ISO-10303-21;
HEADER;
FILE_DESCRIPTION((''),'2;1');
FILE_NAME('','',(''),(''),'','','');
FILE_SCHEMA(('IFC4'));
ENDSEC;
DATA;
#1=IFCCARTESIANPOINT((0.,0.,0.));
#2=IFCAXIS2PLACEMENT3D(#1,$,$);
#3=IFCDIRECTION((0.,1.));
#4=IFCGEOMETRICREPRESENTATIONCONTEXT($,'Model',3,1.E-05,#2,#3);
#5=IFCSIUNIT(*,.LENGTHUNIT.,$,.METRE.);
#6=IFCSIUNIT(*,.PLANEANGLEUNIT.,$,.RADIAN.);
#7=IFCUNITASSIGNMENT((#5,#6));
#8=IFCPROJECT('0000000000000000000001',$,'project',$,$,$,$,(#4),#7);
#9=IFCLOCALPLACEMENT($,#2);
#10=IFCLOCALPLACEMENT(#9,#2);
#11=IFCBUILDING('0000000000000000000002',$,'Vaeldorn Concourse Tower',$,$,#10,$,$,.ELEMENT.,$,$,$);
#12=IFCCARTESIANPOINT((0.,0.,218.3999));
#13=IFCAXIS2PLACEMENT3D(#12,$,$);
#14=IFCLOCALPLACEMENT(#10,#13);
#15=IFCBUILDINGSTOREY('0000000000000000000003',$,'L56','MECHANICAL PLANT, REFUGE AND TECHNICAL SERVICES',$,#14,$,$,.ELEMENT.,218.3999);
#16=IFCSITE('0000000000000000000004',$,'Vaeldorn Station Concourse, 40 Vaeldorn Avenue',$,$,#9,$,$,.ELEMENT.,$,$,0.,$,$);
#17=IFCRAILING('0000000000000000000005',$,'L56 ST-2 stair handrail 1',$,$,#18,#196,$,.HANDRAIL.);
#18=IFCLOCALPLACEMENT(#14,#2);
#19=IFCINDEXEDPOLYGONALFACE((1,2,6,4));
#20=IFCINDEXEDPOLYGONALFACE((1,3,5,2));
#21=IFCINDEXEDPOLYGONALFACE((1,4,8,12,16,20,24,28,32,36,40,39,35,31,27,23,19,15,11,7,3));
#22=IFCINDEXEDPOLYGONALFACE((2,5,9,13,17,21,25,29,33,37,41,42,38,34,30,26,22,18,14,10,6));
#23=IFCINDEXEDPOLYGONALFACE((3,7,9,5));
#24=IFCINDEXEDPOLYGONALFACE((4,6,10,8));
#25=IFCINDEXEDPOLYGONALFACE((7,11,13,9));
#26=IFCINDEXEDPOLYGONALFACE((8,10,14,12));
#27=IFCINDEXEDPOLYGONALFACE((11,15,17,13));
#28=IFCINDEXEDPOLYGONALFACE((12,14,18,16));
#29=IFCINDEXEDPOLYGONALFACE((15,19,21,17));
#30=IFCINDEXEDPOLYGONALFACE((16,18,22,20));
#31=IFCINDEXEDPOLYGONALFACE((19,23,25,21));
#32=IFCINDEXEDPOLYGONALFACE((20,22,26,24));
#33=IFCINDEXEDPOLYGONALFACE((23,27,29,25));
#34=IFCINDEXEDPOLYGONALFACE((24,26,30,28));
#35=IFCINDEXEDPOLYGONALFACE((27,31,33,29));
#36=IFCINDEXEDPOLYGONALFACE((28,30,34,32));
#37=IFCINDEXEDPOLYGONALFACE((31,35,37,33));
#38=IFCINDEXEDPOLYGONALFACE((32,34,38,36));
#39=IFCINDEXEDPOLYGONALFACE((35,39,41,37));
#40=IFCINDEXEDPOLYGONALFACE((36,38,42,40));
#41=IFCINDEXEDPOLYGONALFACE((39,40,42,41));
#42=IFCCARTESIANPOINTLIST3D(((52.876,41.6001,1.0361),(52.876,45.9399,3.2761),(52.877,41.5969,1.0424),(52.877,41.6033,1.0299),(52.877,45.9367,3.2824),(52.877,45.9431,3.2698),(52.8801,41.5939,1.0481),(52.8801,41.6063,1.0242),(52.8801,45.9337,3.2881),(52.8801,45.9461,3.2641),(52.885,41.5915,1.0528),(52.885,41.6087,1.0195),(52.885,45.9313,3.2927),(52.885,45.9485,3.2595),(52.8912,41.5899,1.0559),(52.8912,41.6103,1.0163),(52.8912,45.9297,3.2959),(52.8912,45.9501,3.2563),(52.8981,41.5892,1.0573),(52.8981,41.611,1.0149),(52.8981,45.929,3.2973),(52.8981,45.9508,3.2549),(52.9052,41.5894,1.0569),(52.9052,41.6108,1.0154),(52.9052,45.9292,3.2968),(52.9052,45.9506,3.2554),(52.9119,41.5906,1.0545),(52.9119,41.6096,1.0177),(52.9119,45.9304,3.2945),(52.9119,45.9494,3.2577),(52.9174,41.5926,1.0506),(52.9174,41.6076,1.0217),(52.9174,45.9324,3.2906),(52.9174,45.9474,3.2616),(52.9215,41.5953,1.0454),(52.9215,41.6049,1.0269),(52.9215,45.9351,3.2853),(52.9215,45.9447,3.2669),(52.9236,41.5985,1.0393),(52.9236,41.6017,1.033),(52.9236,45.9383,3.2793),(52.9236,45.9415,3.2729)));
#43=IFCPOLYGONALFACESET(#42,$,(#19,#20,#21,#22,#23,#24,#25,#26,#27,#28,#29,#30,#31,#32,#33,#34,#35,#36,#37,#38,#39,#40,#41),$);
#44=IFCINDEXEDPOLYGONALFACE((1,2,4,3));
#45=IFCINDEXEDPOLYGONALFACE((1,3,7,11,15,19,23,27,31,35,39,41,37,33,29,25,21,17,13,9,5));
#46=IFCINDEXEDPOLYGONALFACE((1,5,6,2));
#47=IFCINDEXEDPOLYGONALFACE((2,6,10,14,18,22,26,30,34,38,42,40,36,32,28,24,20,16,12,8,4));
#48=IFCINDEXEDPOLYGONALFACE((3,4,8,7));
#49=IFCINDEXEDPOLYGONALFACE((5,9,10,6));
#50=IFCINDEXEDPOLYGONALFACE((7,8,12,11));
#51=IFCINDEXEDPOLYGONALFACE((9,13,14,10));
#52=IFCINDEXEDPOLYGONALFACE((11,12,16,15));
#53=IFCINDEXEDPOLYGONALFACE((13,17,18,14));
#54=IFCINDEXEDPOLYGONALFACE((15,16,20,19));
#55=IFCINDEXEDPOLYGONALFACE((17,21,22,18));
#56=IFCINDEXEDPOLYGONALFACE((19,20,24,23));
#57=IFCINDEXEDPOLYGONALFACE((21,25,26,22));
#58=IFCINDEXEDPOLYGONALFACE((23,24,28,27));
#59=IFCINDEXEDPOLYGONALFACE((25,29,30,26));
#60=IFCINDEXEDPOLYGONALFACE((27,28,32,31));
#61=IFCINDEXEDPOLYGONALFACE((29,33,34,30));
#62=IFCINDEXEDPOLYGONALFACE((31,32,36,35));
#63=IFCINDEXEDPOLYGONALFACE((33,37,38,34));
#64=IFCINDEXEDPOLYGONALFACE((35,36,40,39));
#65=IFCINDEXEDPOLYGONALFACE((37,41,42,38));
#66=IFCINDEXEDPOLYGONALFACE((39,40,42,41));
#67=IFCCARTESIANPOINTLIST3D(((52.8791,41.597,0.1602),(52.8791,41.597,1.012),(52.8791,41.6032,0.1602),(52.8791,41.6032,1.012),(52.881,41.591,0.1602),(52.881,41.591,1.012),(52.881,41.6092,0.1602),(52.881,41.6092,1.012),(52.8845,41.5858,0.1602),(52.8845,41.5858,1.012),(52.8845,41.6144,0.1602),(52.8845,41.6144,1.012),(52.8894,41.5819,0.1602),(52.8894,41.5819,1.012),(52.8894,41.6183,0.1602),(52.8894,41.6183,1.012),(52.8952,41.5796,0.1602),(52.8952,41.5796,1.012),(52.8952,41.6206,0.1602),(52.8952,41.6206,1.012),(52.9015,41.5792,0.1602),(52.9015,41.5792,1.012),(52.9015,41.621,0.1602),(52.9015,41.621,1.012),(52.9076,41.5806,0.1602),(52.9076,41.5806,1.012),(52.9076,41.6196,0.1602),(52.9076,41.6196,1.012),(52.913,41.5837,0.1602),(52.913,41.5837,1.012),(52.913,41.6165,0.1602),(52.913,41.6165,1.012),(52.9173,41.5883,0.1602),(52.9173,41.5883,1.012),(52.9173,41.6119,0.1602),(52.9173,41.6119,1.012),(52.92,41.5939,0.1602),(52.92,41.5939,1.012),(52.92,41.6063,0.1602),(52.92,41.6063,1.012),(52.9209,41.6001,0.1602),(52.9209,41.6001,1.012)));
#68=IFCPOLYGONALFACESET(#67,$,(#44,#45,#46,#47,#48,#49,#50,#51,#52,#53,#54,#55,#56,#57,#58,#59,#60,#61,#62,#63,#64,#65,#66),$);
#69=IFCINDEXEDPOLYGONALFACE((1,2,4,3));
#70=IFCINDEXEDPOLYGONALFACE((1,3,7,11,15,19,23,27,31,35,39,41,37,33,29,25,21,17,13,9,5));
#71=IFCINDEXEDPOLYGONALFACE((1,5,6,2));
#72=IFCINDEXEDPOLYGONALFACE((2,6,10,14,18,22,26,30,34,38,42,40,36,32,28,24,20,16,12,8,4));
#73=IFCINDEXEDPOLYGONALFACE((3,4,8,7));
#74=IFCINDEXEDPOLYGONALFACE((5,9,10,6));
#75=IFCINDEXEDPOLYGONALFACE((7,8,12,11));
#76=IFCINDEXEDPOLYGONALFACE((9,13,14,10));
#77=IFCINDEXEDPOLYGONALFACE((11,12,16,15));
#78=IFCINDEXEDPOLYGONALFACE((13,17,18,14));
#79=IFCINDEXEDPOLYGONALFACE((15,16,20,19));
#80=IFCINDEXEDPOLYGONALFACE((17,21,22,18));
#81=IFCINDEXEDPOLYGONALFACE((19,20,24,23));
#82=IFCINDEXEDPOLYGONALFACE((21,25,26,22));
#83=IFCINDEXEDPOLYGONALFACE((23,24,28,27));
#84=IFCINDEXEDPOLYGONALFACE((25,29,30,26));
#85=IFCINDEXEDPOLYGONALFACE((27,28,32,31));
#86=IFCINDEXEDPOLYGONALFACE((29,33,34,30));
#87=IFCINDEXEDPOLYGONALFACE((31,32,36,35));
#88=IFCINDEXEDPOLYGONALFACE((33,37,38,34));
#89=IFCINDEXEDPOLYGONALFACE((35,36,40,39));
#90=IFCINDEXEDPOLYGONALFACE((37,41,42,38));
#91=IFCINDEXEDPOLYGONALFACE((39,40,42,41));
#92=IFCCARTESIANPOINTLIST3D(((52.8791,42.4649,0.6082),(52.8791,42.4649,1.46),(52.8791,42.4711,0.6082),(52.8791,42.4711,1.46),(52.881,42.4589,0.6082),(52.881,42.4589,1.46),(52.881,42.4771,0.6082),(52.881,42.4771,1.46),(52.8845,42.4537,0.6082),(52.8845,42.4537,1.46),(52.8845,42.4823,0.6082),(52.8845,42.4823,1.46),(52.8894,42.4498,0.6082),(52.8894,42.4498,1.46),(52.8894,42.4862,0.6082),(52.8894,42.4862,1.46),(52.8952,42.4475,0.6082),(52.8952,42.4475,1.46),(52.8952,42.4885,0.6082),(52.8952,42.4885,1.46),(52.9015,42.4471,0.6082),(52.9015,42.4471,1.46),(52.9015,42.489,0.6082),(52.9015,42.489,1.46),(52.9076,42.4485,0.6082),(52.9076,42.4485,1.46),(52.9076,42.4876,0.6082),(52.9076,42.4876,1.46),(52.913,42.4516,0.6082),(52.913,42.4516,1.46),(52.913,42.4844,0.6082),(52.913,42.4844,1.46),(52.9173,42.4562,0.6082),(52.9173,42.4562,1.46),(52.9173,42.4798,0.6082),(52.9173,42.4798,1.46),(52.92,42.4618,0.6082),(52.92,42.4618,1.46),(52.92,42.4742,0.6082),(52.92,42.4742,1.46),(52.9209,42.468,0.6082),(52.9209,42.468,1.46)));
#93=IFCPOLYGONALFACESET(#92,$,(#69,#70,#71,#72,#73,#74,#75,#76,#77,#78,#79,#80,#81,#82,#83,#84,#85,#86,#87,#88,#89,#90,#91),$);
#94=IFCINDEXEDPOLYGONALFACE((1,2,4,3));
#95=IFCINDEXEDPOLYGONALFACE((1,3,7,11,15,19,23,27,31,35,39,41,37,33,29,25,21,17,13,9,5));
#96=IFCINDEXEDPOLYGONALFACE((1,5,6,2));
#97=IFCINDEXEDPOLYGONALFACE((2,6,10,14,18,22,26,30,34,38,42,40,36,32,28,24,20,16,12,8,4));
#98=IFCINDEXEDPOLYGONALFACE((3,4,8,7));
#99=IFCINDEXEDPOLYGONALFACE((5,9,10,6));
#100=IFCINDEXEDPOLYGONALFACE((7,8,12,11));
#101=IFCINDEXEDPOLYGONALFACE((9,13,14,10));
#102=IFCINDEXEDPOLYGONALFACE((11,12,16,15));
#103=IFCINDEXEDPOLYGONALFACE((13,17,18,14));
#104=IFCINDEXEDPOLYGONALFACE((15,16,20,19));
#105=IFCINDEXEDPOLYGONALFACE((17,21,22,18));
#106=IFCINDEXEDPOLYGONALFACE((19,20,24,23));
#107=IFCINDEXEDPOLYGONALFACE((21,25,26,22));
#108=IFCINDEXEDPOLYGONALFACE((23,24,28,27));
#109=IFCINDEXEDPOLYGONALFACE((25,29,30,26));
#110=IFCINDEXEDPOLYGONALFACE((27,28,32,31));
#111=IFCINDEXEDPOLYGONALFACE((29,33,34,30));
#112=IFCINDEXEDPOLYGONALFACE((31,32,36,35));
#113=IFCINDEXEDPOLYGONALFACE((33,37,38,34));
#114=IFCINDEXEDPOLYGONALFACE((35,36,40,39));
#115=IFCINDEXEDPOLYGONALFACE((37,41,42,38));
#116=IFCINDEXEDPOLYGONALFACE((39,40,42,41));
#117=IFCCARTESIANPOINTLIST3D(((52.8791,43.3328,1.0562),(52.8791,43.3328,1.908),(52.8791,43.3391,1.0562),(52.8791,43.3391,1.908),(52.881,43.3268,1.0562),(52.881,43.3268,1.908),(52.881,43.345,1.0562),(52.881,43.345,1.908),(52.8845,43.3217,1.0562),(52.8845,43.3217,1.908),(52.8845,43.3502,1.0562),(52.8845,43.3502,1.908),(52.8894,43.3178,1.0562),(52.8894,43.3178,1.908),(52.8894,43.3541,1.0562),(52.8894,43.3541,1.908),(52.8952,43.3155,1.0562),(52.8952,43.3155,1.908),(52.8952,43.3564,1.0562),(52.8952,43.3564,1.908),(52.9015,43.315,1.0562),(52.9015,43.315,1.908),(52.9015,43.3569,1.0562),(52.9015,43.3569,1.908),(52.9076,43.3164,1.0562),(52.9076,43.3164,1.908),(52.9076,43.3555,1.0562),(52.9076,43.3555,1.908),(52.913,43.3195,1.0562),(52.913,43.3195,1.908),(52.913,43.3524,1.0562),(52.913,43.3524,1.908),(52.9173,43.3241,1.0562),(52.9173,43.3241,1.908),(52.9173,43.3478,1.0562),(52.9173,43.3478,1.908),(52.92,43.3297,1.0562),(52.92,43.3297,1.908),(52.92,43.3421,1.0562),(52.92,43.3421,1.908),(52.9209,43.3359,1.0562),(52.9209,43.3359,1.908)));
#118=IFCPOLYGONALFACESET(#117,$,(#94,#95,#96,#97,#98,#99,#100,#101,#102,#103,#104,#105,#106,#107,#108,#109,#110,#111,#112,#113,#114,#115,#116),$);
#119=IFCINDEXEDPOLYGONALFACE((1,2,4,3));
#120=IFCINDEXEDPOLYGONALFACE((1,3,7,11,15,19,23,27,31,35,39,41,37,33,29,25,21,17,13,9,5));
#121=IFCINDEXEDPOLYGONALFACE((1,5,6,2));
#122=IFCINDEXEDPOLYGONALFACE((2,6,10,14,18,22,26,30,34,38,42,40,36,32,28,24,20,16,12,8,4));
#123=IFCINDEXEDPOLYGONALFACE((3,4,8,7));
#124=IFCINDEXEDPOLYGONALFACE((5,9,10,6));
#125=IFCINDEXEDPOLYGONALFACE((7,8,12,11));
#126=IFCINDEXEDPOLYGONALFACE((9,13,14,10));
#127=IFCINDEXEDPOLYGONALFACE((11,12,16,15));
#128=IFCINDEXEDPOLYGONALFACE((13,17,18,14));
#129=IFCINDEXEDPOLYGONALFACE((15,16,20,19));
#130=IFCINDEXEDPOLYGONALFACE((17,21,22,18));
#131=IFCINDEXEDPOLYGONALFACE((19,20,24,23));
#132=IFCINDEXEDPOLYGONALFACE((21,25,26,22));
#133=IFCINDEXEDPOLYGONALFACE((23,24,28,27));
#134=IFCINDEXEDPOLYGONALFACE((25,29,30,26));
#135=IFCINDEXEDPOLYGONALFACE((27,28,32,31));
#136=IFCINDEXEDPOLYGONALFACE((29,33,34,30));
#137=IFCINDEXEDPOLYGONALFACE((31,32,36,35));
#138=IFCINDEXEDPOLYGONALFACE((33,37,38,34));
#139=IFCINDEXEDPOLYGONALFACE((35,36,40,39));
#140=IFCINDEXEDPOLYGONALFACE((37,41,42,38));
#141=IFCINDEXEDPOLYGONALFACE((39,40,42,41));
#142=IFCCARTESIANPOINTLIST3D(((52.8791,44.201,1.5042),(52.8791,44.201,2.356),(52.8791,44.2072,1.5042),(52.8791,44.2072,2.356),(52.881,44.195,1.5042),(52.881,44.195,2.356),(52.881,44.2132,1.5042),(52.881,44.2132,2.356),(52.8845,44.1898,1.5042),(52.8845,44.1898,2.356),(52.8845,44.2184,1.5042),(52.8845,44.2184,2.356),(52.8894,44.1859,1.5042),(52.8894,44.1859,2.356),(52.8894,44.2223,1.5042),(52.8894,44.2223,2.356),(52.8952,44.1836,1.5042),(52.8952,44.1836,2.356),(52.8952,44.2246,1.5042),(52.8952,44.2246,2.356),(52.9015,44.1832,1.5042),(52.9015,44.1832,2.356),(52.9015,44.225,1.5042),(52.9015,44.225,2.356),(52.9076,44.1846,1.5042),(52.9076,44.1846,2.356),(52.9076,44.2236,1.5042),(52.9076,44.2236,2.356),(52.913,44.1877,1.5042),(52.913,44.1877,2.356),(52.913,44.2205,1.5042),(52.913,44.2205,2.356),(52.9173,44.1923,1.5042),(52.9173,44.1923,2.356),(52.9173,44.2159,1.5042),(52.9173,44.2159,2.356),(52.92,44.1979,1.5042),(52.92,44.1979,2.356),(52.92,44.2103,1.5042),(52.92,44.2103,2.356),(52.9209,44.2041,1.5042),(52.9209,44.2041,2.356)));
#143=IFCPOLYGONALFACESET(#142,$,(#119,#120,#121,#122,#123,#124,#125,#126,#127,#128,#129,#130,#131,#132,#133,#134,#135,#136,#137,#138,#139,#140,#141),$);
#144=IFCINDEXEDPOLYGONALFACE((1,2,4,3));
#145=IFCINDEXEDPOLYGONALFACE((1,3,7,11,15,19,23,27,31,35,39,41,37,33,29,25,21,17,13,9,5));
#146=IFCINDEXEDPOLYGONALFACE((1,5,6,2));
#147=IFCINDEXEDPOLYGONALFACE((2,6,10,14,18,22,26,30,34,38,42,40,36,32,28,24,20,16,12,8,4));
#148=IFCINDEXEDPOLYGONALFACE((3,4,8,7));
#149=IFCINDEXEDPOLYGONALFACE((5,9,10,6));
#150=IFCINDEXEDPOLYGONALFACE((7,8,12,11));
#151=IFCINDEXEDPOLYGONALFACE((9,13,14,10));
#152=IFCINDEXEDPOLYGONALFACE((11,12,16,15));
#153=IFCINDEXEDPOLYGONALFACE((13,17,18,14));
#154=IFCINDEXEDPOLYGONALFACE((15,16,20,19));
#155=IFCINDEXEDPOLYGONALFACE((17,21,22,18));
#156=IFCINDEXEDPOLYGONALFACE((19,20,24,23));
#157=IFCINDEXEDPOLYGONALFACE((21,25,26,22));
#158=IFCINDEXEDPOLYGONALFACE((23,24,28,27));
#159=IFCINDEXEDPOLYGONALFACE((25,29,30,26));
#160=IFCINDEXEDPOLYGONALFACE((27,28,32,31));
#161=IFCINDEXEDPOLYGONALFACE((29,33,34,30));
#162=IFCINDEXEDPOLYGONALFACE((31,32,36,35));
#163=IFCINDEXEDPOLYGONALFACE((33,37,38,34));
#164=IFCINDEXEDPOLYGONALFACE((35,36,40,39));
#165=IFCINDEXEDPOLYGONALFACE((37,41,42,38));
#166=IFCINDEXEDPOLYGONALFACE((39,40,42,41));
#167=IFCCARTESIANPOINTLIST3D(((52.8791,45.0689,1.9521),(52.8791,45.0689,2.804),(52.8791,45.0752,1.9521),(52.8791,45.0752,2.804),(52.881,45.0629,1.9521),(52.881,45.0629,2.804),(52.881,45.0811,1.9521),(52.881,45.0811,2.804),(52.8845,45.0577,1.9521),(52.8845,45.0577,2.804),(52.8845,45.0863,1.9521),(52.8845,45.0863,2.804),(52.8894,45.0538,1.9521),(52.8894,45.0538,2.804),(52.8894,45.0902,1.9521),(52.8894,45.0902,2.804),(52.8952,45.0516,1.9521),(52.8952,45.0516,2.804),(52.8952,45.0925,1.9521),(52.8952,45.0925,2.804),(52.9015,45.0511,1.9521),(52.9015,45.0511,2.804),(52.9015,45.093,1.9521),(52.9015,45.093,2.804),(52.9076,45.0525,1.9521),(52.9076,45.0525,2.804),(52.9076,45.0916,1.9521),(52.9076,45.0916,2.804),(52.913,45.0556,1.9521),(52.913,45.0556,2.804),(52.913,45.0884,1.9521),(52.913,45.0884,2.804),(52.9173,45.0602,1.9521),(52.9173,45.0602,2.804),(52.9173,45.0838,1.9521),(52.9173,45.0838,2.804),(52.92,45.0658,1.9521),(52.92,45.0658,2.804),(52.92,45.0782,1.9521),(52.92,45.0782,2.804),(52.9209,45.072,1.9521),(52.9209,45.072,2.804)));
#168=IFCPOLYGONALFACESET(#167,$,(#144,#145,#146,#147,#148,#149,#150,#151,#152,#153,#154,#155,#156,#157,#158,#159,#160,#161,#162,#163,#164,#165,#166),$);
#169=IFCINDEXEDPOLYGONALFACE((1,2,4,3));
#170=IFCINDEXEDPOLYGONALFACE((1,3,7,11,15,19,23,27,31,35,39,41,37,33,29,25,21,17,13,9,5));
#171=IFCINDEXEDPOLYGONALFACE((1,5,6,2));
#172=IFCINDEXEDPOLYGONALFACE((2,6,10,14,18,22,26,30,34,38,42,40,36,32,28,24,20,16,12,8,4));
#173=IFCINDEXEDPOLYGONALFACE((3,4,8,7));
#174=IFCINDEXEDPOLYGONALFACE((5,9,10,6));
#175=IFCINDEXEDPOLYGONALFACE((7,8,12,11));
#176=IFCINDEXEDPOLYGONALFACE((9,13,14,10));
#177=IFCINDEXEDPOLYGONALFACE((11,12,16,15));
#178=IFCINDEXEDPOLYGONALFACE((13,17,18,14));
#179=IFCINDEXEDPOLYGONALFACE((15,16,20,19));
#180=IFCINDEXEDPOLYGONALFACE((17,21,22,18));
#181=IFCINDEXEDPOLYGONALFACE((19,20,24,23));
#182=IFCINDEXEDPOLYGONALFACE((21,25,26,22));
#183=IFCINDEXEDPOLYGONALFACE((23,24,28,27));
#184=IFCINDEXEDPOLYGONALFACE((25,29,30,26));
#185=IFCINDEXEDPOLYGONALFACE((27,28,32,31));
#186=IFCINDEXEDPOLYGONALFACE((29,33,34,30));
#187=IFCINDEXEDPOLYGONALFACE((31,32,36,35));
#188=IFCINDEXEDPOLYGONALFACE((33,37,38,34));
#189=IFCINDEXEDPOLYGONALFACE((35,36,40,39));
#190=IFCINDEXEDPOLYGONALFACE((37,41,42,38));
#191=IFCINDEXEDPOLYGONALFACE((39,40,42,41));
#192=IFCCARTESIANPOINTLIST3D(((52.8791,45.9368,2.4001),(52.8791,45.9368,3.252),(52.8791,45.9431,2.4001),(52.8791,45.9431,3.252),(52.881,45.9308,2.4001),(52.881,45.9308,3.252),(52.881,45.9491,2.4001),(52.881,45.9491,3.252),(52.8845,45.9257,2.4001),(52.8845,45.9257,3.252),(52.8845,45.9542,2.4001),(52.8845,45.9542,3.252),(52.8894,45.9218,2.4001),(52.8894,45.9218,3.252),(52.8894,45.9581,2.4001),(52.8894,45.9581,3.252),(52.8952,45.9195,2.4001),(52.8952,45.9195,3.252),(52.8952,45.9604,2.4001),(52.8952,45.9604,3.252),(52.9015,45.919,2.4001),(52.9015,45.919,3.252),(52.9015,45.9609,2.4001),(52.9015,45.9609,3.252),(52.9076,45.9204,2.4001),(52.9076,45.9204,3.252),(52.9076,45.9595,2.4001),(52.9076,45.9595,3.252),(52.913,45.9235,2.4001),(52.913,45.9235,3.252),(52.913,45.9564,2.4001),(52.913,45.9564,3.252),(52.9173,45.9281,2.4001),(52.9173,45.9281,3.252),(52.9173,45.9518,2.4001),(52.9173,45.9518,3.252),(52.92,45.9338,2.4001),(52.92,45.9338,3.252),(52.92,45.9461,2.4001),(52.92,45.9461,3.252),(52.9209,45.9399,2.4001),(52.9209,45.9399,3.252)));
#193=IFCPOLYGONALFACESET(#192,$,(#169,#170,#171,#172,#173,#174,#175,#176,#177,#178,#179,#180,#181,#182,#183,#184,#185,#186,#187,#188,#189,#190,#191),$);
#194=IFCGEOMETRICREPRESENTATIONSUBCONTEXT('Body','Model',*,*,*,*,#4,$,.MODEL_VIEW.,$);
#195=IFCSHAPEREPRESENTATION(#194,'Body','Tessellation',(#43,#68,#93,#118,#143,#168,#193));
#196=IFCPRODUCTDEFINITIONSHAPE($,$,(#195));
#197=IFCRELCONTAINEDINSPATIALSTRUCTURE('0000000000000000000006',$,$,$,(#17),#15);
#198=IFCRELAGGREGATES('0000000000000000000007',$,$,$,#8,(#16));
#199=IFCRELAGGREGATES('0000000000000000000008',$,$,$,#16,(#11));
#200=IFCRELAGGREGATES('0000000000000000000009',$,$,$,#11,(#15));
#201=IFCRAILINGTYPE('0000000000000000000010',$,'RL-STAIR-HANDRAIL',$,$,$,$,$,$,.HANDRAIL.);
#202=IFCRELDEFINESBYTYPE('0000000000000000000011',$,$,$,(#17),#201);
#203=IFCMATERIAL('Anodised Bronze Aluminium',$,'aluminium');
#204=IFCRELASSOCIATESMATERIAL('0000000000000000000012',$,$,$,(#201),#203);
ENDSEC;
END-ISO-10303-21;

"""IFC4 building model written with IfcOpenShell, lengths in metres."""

from ifc_helpers import new_model, si_unit, direction, frame, origin, origin_2d, place, context, subcontext, project, spatial, circle, extrude, material, type_object, element, save


model = new_model("IFC4")

# Units and contexts
model_context = context("Model", 3, precision=1e-05, world=origin(), true_north=direction((0.0, 1.0)))
body_context = subcontext(model_context, "Body", "Model", "MODEL_VIEW")
ifc_project = project(units=[si_unit("LENGTHUNIT", "METRE"), si_unit("PLANEANGLEUNIT", "RADIAN")], contexts=[model_context])

# Site, building, storey
site_placement = place(None, origin())
site = spatial("IfcSite", under=ifc_project, at=site_placement, Name="Vaeldorn Station Concourse, 40 Vaeldorn Avenue", CompositionType="ELEMENT", RefElevation=0.0)
building_placement = place(site_placement, origin())
building = spatial("IfcBuilding", under=site, at=building_placement, Name="Vaeldorn Concourse Tower", CompositionType="ELEMENT")
storey_placement = place(building_placement, frame((0.0, 0.0, 218.3999)))
storey = spatial("IfcBuildingStorey", under=building, at=storey_placement, Name="L56", Description="MECHANICAL PLANT, REFUGE AND TECHNICAL SERVICES", CompositionType="ELEMENT", Elevation=218.3999)

# Railing
ifc_material_1 = material(Name="Anodised Bronze Aluminium", Category="aluminium")
railing_type_1 = type_object("IfcRailingType", Name="RL-STAIR-HANDRAIL", PredefinedType="HANDRAIL", material=ifc_material_1)
railing_1_placement = place(storey_placement, frame((52.8999, 41.6001, 0.1602)))
element("IfcRailing", 1, at=railing_1_placement, inside=storey, type_object=railing_type_1, Name="L56 ST-2 stair handrail 1", PredefinedType="HANDRAIL", context=body_context, shape_type="SweptSolid", body=[
    extrude(circle(Radius=0.0239, at=origin_2d()), frame((0.0, 0.0, 0.876), z_axis=(0.0, 0.888615, 0.458654), x_axis=(-1.0, 0.0, 0.0)), (0.0, 0.0, 1.0), 4.8838),
    extrude(circle(Radius=0.021, at=origin_2d()), origin(), (0.0, 0.0, 1.0), 0.8518),
    extrude(circle(Radius=0.021, at=origin_2d()), frame((0.0, 0.8679, 0.448)), (0.0, 0.0, 1.0), 0.8518),
    extrude(circle(Radius=0.021, at=origin_2d()), frame((0.0, 1.7358, 0.896)), (0.0, 0.0, 1.0), 0.8518),
    extrude(circle(Radius=0.021, at=origin_2d()), frame((0.0, 2.604, 1.344)), (0.0, 0.0, 1.0), 0.8518),
    extrude(circle(Radius=0.021, at=origin_2d()), frame((0.0, 3.4719, 1.792)), (0.0, 0.0, 1.0), 0.8518),
    extrude(circle(Radius=0.021, at=origin_2d()), frame((0.0, 4.3398, 2.24)), (0.0, 0.0, 1.0), 0.8518),
])

save(model, "model.ifc")
